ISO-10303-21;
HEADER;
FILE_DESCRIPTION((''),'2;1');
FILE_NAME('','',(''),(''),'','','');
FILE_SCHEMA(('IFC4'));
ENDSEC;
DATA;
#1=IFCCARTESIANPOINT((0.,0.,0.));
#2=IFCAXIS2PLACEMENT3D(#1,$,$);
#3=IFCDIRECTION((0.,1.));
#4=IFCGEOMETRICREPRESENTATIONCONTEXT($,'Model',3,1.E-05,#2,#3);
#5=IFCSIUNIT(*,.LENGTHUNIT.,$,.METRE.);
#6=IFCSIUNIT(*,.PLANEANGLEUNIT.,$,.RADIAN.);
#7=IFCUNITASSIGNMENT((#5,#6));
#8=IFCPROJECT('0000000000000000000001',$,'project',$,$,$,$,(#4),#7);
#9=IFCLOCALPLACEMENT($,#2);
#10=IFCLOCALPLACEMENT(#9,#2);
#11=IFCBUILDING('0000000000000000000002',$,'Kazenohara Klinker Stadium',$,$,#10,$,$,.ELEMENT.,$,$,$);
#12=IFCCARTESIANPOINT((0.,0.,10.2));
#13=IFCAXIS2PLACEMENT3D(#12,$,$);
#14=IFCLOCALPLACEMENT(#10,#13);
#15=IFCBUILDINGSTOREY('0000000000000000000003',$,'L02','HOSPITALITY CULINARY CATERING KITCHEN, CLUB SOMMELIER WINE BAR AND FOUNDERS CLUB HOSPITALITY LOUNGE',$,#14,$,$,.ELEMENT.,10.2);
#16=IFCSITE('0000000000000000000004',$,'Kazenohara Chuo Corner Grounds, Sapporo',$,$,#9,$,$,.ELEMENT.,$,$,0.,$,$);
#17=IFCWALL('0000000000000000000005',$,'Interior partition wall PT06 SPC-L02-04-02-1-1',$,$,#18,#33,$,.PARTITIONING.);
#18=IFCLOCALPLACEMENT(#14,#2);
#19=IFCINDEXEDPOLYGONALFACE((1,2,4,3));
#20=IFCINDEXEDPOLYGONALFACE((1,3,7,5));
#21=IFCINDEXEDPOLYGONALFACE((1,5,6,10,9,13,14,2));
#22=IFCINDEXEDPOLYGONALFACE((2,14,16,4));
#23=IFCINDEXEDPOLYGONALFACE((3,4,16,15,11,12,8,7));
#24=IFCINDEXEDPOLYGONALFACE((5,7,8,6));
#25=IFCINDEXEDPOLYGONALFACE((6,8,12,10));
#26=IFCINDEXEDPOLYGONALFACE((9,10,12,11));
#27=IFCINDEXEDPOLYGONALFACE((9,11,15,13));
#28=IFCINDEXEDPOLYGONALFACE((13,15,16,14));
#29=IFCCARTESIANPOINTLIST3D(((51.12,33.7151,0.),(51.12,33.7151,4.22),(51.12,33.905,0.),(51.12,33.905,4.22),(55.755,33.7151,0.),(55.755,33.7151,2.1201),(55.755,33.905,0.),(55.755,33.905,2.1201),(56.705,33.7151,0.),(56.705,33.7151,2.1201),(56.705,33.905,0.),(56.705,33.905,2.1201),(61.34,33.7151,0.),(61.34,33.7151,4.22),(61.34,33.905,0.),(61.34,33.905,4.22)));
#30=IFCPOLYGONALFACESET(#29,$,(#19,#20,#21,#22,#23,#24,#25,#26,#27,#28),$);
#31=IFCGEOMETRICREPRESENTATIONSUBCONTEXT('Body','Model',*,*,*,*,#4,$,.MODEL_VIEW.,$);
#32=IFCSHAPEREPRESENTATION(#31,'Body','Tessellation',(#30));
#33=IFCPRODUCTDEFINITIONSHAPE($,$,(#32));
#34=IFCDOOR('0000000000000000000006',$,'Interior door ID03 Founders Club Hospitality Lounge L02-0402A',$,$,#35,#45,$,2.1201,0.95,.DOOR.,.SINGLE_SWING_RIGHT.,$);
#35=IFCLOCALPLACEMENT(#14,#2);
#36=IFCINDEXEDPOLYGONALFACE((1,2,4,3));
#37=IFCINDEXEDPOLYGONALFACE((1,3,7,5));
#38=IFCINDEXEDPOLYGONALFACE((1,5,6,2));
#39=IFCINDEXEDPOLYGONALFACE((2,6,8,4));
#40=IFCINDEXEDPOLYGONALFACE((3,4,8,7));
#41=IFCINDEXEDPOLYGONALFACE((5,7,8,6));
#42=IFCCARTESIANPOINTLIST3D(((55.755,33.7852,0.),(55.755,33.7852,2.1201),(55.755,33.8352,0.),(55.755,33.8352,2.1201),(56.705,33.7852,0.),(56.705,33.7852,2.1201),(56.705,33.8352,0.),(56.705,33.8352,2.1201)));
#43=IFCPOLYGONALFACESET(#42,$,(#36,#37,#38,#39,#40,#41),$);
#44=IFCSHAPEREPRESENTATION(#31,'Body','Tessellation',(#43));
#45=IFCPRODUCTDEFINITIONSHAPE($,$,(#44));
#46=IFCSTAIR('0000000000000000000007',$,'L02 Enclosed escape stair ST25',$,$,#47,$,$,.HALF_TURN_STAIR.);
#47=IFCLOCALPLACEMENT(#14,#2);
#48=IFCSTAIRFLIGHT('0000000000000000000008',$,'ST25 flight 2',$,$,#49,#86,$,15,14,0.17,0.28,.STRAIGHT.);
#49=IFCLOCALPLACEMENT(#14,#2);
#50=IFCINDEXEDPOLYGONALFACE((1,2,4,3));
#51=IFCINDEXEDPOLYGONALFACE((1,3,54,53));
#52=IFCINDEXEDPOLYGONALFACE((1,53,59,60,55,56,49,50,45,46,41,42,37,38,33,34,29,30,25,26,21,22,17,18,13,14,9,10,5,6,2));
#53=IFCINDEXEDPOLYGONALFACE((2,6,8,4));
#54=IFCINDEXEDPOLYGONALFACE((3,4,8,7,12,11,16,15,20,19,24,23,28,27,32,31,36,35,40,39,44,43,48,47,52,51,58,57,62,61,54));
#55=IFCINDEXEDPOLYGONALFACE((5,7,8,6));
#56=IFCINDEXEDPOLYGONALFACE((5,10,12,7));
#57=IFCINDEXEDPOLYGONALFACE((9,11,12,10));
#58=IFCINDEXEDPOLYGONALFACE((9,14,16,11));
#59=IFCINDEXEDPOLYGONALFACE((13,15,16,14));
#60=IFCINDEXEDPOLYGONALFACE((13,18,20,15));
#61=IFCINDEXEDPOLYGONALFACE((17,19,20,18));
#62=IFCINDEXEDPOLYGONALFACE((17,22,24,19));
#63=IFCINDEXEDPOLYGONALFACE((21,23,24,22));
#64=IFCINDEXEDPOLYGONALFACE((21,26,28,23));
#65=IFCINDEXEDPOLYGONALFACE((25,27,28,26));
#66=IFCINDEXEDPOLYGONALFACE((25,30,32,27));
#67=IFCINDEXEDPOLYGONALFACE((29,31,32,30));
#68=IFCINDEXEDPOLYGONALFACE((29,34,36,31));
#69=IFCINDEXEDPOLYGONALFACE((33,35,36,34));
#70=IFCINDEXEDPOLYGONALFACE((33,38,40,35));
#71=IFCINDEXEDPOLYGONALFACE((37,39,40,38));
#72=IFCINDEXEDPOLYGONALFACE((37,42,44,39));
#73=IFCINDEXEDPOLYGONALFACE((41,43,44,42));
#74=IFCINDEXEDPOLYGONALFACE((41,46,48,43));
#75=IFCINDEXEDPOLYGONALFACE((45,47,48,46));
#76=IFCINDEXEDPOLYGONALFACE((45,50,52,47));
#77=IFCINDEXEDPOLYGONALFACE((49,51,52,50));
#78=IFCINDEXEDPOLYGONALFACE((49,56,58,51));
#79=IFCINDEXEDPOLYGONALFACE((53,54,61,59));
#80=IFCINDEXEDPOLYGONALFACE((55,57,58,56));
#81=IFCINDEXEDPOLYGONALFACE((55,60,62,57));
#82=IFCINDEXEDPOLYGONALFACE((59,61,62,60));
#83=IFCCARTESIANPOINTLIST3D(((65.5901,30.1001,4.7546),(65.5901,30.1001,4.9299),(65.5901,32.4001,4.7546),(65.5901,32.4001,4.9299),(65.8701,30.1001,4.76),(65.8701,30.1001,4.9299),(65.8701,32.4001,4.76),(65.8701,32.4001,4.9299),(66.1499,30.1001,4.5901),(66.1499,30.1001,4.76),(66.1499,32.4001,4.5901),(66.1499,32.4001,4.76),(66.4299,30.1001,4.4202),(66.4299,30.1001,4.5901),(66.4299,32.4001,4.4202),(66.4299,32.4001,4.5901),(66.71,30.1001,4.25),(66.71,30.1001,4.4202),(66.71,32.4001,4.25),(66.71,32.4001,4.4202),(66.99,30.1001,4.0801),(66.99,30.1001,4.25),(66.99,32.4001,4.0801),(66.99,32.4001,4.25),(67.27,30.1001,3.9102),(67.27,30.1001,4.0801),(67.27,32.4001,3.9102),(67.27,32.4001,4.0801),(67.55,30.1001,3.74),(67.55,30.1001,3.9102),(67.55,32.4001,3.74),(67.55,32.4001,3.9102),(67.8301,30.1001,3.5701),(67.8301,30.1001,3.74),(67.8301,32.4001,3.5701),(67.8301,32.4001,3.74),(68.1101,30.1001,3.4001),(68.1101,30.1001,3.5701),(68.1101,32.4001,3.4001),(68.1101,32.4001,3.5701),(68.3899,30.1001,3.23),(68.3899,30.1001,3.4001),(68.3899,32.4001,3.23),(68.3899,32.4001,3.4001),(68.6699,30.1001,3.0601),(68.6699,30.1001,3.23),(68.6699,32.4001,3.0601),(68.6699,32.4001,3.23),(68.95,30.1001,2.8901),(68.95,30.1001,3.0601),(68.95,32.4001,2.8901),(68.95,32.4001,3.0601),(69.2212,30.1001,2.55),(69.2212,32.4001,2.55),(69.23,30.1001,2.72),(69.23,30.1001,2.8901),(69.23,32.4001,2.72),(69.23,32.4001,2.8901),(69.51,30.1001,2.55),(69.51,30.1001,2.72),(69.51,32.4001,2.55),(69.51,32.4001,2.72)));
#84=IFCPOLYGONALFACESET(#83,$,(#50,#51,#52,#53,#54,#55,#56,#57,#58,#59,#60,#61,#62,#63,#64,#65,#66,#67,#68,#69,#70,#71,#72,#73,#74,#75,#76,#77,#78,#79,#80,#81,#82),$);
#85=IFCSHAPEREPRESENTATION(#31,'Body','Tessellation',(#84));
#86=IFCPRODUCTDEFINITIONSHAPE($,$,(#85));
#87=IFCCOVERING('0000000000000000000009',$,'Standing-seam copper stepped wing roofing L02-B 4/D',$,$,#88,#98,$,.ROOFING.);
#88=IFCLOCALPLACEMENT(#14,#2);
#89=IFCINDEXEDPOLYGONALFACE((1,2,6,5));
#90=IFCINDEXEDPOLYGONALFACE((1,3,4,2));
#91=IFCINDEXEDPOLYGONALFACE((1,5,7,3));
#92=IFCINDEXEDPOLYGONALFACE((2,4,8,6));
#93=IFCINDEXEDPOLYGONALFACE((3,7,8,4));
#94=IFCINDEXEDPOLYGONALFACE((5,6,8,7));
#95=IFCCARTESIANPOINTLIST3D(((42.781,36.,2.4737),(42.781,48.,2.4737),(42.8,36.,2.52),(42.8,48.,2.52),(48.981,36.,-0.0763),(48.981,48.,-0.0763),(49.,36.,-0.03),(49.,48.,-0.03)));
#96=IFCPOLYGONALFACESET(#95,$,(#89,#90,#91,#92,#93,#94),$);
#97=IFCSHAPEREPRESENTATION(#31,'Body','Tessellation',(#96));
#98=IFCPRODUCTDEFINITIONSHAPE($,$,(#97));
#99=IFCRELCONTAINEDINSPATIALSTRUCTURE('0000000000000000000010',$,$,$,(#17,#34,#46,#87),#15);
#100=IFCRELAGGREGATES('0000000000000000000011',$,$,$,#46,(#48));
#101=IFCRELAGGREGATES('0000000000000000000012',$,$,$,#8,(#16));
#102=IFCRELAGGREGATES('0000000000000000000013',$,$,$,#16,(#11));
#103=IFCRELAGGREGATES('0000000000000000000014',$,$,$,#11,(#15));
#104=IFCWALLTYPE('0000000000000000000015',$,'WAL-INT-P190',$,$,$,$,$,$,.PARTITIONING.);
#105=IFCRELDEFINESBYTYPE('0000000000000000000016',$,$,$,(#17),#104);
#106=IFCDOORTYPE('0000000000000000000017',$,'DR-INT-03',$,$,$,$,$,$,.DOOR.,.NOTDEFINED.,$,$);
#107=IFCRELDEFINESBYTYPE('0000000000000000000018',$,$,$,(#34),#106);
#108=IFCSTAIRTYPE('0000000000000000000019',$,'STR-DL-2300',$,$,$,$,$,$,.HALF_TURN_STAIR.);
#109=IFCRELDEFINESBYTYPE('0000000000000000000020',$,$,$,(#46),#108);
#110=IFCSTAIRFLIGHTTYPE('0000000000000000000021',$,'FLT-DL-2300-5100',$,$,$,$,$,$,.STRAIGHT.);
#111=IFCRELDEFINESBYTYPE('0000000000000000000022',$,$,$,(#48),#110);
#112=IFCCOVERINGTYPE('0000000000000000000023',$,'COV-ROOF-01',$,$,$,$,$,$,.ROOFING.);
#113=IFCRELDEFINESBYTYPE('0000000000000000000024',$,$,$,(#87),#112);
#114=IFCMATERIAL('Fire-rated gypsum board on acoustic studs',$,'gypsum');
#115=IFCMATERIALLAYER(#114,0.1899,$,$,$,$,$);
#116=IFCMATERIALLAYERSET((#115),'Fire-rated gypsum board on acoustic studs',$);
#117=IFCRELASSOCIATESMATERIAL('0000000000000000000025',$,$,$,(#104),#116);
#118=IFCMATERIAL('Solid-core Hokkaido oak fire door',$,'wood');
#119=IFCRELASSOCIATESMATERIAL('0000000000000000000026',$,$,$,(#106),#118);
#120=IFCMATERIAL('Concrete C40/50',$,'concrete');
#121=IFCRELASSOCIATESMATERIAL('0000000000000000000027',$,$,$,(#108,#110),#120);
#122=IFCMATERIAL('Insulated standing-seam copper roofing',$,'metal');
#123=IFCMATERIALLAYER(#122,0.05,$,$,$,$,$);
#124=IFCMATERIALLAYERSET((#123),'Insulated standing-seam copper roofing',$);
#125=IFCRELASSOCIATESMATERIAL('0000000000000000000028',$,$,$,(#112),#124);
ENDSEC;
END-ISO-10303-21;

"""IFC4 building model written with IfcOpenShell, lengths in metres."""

from ifc_helpers import new_model, si_unit, direction, frame, frame_2d, origin, place, context, subcontext, project, spatial, polyline, rectangle, outline, extrude, material, layer, layer_set, type_object, element, fill, aggregate, save


model = new_model("IFC4")

# Units and contexts
model_context = context("Model", 3, precision=1e-05, world=origin(), true_north=direction((0.0, 1.0)))
body_context = subcontext(model_context, "Body", "Model", "MODEL_VIEW")
ifc_project = project(units=[si_unit("LENGTHUNIT", "METRE"), si_unit("PLANEANGLEUNIT", "RADIAN")], contexts=[model_context])

# Site, building, storey
site_placement = place(None, origin())
site = spatial("IfcSite", under=ifc_project, at=site_placement, Name="Kazenohara Chuo Corner Grounds, Sapporo", CompositionType="ELEMENT", RefElevation=0.0)
building_placement = place(site_placement, origin())
building = spatial("IfcBuilding", under=site, at=building_placement, Name="Kazenohara Klinker Stadium", CompositionType="ELEMENT")
storey_placement = place(building_placement, frame((0.0, 0.0, 10.2)))
storey = spatial("IfcBuildingStorey", under=building, at=storey_placement, Name="L02", Description="HOSPITALITY CULINARY CATERING KITCHEN, CLUB SOMMELIER WINE BAR AND FOUNDERS CLUB HOSPITALITY LOUNGE", CompositionType="ELEMENT", Elevation=10.2)

# Shared definitions
ifc_material_1 = material(Name="Concrete C40/50", Category="concrete")

# Wall, opening, door
ifc_material_2 = material(Name="Fire-rated gypsum board on acoustic studs", Category="gypsum")
ifc_layer_1 = layer(ifc_material_2, 0.1899)
ifc_layer_set_1 = layer_set([ifc_layer_1], Name="Fire-rated gypsum board on acoustic studs")
wall_type_1 = type_object("IfcWallType", Name="WAL-INT-P190", PredefinedType="PARTITIONING", material=ifc_layer_set_1)
wall_1_placement = place(storey_placement, frame((51.1201, 33.8101, 0.0), z_axis=(0.0, 0.0, 1.0), x_axis=(1.0, 0.0, 0.0)))
wall_1 = element("IfcWall", 1, at=wall_1_placement, inside=storey, type_object=wall_type_1, Name="Interior partition wall PT06 SPC-L02-04-02-1-1", PredefinedType="PARTITIONING", context=body_context, shape_type="SweptSolid", body=[
    extrude(rectangle(XDim=10.22, YDim=0.1899, at=frame_2d((5.1099, 0.0))), origin(), (0.0, 0.0, 1.0), 4.22),
])
opening_1_placement = place(wall_1_placement, frame((5.585, 0.0, 0.0), z_axis=(0.0, 0.0, 1.0), x_axis=(-1.0, 0.0, 0.0)))
opening_1 = element("IfcOpeningElement", 2, at=opening_1_placement, cuts=wall_1, PredefinedType="OPENING", context=body_context, shape_type="SweptSolid", body=[
    extrude(rectangle(XDim=0.95, YDim=2.1201, at=frame_2d((0.4751, 1.0601))), frame((0.0, 0.105, 0.0), z_axis=(0.0, -1.0, 0.0), x_axis=(1.0, 0.0, 0.0)), (0.0, 0.0, 1.0), 0.21),
])
ifc_material_3 = material(Name="Solid-core Hokkaido oak fire door", Category="wood")
door_type = type_object("IfcDoorType", Name="DR-INT-03", OperationType="NOTDEFINED", PredefinedType="DOOR", material=ifc_material_3)
door_placement = place(opening_1_placement, origin())
door = element("IfcDoor", 3, at=door_placement, inside=storey, type_object=door_type, Name="Interior door ID03 Founders Club Hospitality Lounge L02-0402A", OperationType="SINGLE_SWING_RIGHT", OverallHeight=2.1201, OverallWidth=0.95, PredefinedType="DOOR", context=body_context, shape_type="SweptSolid", body=[
    extrude(rectangle(XDim=0.95, YDim=2.1201, at=frame_2d((0.4751, 1.0601))), frame((0.0, 0.0249, 0.0), z_axis=(0.0, -1.0, 0.0), x_axis=(1.0, 0.0, 0.0)), (0.0, 0.0, 1.0), 0.05),
])
fill(opening_1, door)

# Stair, stair flight
stair_type = type_object("IfcStairType", Name="STR-DL-2300", PredefinedType="HALF_TURN_STAIR", material=ifc_material_1)
stair_placement = place(storey_placement, origin())
stair = element("IfcStair", 4, at=stair_placement, inside=storey, type_object=stair_type, Name="L02 Enclosed escape stair ST25", PredefinedType="HALF_TURN_STAIR")
stair_flight_type = type_object("IfcStairFlightType", Name="FLT-DL-2300-5100", PredefinedType="STRAIGHT", material=ifc_material_1)
stair_flight_placement = place(storey_placement, frame((69.51, 31.25, 2.55), z_axis=(0.0, 0.0, 1.0), x_axis=(-1.0, 0.0, 0.0)))
stair_flight = element("IfcStairFlight", 5, at=stair_flight_placement, type_object=stair_flight_type, Name="ST25 flight 2", NumberOfRisers=15, NumberOfTreads=14, PredefinedType="STRAIGHT", RiserHeight=0.17, TreadLength=0.28, context=body_context, shape_type="SweptSolid", body=[
    extrude(outline(polyline([(0.0, 0.0), (0.0, 0.1699), (0.28, 0.1699), (0.28, 0.3401), (0.5601, 0.3401), (0.5601, 0.51), (0.8401, 0.51), (0.8401, 0.6799), (1.1201, 0.6799), (1.1201, 0.8501), (1.3999, 0.8501), (1.3999, 1.02), (1.6799, 1.02), (1.6799, 1.1899), (1.96, 1.1899), (1.96, 1.3601), (2.24, 1.3601), (2.24, 1.53), (2.52, 1.53), (2.52, 1.7), (2.8, 1.7), (2.8, 1.8701), (3.0801, 1.8701), (3.0801, 2.04), (3.3601, 2.04), (3.3601, 2.21), (3.6399, 2.21), (3.6399, 2.3799), (3.9199, 2.3799), (3.9199, 2.55), (3.9199, 2.2046), (0.2888, 0.0), (0.0, 0.0)])), frame((0.0, 1.1499, 0.0), z_axis=(0.0, -1.0, 0.0), x_axis=(1.0, 0.0, 0.0)), (0.0, 0.0, 1.0), 2.3),
])
aggregate(stair, [stair_flight])

# Covering
ifc_material_4 = material(Name="Insulated standing-seam copper roofing", Category="metal")
ifc_layer_2 = layer(ifc_material_4, 0.05)
ifc_layer_set_2 = layer_set([ifc_layer_2], Name="Insulated standing-seam copper roofing")
covering_type = type_object("IfcCoveringType", Name="COV-ROOF-01", PredefinedType="ROOFING", material=ifc_layer_set_2)
covering_placement = place(storey_placement, frame((42.8, 36.0, 2.52), z_axis=(0.380383, 0.0, 0.924829), x_axis=(0.924829, 0.0, -0.380383)))
element("IfcCovering", 6, at=covering_placement, inside=storey, type_object=covering_type, Name="Standing-seam copper stepped wing roofing L02-B 4/D", PredefinedType="ROOFING", context=body_context, shape_type="SweptSolid", body=[
    extrude(outline(polyline([(0.0, 0.0), (6.7039, 0.0), (6.7039, 12.0), (0.0, 12.0), (0.0, 0.0)])), origin(), (0.0, 0.0, -1.0), 0.05),
])

save(model, "model.ifc")
